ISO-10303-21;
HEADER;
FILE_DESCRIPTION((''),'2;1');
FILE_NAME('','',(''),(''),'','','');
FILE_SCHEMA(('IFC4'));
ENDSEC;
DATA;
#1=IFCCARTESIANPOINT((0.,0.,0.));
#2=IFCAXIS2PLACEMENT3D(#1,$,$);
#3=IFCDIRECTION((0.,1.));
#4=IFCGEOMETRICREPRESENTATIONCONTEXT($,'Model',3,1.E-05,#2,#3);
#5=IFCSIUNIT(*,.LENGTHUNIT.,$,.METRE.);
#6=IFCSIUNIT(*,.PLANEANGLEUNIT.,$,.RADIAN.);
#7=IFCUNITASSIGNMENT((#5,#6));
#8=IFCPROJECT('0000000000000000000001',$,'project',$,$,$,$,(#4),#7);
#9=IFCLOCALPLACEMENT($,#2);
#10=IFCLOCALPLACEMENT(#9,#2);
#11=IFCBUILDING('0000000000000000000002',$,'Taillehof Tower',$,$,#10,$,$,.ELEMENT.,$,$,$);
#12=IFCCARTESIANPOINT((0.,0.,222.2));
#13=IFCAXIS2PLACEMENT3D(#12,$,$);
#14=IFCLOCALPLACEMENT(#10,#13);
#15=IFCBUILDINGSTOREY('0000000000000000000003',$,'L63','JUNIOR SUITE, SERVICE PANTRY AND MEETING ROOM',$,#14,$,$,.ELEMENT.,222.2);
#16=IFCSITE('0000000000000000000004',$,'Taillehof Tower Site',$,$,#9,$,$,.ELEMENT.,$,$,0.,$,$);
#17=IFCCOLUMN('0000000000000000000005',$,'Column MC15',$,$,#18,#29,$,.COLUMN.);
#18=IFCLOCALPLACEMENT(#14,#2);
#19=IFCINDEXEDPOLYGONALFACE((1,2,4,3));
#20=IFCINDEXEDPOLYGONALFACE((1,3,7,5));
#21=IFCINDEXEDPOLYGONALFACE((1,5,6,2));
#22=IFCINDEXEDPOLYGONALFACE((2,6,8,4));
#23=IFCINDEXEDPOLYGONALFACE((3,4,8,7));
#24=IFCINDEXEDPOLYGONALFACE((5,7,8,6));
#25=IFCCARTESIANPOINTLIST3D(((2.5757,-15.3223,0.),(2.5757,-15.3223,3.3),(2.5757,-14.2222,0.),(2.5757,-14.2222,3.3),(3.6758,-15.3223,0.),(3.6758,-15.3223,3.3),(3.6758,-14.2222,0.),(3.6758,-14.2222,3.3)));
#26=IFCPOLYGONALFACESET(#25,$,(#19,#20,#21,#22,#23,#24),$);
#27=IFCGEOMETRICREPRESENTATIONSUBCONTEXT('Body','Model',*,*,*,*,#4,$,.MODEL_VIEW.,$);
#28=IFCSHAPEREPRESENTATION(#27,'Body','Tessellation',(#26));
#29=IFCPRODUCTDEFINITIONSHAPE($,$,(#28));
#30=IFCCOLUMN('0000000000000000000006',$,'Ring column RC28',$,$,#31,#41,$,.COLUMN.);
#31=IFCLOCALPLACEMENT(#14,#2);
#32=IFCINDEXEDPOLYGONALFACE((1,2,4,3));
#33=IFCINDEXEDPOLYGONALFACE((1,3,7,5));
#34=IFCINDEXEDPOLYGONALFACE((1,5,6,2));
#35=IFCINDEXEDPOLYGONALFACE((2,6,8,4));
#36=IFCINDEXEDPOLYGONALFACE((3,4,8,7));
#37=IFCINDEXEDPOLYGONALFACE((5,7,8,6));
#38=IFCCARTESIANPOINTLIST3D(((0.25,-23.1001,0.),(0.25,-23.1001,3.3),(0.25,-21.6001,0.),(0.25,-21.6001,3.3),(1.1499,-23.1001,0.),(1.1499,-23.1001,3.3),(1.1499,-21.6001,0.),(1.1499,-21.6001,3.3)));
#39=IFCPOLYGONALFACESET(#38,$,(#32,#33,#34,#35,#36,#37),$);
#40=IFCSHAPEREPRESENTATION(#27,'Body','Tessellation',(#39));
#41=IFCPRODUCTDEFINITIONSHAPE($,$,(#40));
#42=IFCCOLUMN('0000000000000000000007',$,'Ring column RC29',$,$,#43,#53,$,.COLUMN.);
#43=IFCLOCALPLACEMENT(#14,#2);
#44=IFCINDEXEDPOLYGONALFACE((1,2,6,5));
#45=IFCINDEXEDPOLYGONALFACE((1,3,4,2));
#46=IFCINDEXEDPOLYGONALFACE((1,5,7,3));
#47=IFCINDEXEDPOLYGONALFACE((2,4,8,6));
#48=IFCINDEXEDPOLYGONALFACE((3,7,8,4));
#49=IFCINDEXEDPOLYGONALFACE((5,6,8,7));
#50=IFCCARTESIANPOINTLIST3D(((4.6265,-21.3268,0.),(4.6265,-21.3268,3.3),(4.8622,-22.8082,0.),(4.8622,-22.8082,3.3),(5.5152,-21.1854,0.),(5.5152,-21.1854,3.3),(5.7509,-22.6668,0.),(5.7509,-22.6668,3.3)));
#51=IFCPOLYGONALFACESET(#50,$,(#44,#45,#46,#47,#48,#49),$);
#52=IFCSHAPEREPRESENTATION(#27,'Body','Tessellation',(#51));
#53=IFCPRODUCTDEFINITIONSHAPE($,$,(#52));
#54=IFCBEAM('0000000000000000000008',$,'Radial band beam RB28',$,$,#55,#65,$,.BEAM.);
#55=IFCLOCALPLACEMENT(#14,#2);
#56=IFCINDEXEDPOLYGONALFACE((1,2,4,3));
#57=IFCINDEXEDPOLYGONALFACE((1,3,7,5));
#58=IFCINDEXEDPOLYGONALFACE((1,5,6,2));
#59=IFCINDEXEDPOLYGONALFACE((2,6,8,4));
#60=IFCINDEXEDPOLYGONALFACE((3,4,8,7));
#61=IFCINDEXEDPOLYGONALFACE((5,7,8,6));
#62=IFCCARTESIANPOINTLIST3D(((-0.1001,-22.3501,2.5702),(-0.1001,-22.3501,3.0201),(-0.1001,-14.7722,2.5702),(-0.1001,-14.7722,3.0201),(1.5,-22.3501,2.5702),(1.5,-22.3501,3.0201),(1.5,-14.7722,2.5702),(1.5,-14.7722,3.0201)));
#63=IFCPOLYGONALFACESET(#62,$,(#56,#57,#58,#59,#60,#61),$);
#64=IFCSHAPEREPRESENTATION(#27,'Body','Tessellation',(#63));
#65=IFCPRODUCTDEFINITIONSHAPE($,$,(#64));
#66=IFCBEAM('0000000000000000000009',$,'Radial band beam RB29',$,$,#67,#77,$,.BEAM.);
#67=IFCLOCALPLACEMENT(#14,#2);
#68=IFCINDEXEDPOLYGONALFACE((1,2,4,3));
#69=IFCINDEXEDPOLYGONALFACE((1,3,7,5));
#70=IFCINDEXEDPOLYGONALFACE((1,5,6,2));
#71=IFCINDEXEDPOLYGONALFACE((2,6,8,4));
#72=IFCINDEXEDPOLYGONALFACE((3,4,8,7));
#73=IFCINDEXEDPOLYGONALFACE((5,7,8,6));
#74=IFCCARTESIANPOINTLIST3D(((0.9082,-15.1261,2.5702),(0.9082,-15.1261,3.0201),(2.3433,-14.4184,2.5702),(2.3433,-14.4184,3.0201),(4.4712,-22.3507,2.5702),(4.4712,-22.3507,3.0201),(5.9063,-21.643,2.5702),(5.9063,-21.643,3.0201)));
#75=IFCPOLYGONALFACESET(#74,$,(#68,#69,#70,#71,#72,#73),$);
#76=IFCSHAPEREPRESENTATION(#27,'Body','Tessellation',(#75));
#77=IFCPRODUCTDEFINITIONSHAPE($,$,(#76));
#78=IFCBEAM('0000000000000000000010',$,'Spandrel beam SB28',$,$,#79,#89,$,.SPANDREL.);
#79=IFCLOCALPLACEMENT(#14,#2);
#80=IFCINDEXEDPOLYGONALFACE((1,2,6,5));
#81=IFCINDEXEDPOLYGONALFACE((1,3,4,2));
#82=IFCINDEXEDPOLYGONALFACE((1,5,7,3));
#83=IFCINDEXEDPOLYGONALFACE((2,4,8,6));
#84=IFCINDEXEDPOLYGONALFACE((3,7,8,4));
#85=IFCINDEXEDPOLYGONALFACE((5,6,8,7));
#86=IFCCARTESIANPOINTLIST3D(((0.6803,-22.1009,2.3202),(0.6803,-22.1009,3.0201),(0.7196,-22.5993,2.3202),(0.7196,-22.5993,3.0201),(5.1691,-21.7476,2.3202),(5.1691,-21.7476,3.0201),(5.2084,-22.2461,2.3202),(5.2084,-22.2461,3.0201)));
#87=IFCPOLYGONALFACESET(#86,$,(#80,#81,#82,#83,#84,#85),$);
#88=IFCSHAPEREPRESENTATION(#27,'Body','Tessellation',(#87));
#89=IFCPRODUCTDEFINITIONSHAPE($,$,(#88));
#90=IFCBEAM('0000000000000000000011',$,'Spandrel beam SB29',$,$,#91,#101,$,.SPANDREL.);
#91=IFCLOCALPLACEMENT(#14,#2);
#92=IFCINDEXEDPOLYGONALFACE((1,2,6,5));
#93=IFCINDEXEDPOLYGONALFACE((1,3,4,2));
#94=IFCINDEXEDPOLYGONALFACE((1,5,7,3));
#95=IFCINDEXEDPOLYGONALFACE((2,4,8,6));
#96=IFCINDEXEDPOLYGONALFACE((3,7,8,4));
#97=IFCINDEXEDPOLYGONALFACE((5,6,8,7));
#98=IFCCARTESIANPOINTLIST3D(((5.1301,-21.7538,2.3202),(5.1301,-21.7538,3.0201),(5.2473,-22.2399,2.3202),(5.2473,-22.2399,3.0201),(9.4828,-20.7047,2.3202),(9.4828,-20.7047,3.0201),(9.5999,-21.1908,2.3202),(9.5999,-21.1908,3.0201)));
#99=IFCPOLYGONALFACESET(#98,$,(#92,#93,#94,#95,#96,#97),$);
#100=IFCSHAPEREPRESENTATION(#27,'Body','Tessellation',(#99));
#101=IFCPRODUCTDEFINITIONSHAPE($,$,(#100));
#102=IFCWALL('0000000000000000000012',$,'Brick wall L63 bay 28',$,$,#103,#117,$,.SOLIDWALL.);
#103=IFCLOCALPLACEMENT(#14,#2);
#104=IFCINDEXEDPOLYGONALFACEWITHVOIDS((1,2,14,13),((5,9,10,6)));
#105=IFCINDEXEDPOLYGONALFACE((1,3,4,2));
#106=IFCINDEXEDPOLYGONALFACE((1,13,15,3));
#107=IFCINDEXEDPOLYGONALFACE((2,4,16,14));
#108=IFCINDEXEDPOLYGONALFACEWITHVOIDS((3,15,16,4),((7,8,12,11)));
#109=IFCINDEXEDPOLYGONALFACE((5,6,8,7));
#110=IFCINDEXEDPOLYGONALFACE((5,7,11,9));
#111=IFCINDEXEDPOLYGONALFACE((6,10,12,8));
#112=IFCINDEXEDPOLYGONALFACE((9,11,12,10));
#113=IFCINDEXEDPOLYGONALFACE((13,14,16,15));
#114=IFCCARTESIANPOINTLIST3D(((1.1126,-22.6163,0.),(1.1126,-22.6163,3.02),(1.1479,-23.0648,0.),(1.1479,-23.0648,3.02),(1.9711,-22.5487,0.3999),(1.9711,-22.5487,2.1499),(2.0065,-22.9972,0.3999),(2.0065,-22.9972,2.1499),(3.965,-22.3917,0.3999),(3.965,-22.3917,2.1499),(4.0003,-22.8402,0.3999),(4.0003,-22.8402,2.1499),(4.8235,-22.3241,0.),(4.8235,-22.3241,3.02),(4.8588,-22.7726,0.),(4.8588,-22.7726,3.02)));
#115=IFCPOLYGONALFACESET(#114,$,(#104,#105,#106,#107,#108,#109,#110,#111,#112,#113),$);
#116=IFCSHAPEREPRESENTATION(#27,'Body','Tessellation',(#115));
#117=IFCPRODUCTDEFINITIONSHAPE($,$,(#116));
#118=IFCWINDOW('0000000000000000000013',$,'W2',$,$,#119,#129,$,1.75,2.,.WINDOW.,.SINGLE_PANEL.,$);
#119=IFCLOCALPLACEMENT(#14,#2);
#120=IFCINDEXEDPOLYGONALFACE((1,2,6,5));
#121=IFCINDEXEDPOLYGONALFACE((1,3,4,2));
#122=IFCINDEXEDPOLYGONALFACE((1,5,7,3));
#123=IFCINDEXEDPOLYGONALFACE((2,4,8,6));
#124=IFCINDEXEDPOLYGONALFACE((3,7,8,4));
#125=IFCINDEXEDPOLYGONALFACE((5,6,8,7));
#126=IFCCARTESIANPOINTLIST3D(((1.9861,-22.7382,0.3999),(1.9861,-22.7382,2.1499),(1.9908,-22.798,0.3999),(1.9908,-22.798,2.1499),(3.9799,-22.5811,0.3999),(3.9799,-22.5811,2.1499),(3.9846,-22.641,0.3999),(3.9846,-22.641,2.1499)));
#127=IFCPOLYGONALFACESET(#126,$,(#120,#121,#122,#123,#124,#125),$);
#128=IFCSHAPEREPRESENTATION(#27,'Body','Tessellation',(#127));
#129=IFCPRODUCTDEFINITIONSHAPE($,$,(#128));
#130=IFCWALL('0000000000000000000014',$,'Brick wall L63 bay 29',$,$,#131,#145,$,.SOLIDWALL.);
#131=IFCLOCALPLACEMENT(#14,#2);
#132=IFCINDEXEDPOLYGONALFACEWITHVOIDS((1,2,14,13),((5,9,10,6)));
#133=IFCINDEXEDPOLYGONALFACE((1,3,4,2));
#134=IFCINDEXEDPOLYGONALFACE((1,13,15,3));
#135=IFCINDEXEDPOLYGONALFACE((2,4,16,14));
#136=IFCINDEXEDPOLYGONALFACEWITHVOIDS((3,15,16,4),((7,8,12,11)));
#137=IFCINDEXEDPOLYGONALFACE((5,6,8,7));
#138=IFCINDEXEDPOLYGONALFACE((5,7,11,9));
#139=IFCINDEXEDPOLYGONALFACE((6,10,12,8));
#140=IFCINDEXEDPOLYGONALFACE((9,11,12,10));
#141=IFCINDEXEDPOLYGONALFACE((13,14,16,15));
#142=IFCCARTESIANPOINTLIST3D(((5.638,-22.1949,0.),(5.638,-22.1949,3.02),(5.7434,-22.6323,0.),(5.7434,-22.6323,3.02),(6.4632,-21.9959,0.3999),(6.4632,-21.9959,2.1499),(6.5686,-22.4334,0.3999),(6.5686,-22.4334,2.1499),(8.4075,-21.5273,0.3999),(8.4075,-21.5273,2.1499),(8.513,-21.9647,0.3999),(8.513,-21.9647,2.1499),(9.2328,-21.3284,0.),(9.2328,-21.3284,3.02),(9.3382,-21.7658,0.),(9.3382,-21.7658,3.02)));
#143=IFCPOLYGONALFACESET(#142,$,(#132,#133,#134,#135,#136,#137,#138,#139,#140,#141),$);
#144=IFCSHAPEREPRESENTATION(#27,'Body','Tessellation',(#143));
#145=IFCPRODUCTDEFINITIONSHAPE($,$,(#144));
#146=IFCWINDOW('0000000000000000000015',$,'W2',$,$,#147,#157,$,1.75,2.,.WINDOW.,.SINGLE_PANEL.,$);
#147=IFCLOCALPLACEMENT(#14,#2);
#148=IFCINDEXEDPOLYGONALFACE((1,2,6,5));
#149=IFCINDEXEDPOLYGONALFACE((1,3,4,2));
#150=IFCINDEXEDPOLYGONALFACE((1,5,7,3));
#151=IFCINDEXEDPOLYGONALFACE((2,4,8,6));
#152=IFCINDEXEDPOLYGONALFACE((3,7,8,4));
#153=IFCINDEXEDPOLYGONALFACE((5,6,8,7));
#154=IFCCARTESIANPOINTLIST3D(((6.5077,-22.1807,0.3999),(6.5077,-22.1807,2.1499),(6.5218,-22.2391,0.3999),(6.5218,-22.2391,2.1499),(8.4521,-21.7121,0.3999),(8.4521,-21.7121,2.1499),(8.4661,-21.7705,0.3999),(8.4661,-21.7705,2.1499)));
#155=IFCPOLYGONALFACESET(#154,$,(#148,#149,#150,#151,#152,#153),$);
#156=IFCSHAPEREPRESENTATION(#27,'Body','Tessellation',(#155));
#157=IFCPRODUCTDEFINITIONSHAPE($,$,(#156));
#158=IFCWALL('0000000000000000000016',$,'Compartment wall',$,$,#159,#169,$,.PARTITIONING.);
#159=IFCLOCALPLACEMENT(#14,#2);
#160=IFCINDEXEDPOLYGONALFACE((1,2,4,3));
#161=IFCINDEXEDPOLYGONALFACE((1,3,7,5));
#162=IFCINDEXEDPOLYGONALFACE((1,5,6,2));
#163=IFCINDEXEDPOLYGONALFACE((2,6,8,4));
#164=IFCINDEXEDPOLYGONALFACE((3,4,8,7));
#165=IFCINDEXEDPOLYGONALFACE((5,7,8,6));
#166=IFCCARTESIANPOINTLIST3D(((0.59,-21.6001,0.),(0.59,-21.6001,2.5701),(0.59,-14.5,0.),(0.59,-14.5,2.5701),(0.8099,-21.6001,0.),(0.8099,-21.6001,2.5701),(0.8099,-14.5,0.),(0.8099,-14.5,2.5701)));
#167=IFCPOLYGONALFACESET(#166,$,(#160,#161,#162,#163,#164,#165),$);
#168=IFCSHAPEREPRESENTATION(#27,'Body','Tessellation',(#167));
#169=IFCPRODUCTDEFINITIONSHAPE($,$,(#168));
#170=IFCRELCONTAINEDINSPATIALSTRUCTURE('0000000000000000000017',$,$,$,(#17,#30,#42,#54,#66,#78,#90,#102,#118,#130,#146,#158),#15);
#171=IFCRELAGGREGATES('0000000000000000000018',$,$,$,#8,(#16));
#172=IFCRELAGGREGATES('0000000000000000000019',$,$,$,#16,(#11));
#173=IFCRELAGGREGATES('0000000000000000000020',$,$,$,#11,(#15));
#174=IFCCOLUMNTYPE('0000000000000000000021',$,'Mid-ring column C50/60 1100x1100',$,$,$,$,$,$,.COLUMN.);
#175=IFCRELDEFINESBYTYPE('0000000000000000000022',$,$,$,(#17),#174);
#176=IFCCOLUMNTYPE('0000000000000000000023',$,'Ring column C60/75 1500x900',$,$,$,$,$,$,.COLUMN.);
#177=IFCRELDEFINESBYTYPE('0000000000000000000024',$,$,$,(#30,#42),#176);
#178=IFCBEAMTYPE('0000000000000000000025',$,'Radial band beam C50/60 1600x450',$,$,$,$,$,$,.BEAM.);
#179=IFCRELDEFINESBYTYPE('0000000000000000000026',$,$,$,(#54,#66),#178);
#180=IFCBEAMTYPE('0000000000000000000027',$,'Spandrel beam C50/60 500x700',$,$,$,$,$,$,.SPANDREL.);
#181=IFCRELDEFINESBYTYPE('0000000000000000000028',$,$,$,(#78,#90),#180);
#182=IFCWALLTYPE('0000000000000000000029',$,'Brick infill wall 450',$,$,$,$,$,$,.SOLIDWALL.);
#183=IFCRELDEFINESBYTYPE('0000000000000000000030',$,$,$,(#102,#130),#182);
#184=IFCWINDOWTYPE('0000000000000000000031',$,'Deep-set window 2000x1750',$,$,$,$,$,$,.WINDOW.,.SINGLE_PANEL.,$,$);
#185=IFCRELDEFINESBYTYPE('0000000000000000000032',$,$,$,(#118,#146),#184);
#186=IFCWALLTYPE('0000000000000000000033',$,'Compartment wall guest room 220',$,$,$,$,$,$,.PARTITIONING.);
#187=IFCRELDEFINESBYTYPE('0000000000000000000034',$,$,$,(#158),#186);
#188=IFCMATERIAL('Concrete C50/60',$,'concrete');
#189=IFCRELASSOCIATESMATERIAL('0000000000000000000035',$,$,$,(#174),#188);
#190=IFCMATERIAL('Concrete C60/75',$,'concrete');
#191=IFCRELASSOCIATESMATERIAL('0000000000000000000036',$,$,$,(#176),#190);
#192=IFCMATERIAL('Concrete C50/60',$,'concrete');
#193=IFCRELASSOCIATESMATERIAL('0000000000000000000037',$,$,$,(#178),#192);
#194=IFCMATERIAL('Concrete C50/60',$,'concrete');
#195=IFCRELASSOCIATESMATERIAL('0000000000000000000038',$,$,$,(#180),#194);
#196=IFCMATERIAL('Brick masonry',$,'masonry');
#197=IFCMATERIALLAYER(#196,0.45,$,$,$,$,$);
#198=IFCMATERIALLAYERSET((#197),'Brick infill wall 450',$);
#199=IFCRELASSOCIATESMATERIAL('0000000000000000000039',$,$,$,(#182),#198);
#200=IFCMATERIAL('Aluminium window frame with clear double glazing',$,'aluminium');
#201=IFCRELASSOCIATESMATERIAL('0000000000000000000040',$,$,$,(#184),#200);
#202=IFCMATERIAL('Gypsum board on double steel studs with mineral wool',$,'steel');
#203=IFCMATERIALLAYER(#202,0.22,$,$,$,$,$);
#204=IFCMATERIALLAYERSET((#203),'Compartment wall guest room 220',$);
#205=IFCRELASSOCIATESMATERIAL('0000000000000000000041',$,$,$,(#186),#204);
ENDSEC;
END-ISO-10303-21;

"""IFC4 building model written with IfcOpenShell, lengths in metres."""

from ifc_helpers import new_model, si_unit, direction, frame, frame_2d, origin, origin_2d, place, context, subcontext, project, spatial, rectangle, extrude, material, layer, layer_set, material_profile, profile_set, type_object, element, fill, save


model = new_model("IFC4")

# Units and contexts
model_context = context("Model", 3, precision=1e-05, world=origin(), true_north=direction((0.0, 1.0)))
body_context = subcontext(model_context, "Body", "Model", "MODEL_VIEW")
ifc_project = project(units=[si_unit("LENGTHUNIT", "METRE"), si_unit("PLANEANGLEUNIT", "RADIAN")], contexts=[model_context])

# Site, building, storey
site_placement = place(None, origin())
site = spatial("IfcSite", under=ifc_project, at=site_placement, Name="Taillehof Tower Site", CompositionType="ELEMENT", RefElevation=0.0)
building_placement = place(site_placement, origin())
building = spatial("IfcBuilding", under=site, at=building_placement, Name="Taillehof Tower", CompositionType="ELEMENT")
storey_placement = place(building_placement, frame((0.0, 0.0, 222.2)))
storey = spatial("IfcBuildingStorey", under=building, at=storey_placement, Name="L63", Description="JUNIOR SUITE, SERVICE PANTRY AND MEETING ROOM", CompositionType="ELEMENT", Elevation=222.2)

# Columns
ifc_material_1 = material(Name="Concrete C50/60", Category="concrete")
ifc_material_profile_1 = material_profile(ifc_material_1, rectangle(XDim=1.1001, YDim=1.1001, at=origin_2d()), Name="RC 1100x1100")
ifc_profile_set_1 = profile_set([ifc_material_profile_1], Name="Concrete C50/60")
column_type_1 = type_object("IfcColumnType", Name="Mid-ring column C50/60 1100x1100", PredefinedType="COLUMN", material=ifc_profile_set_1)
column_placement = place(storey_placement, frame((3.1257, -14.7722, 0.0), z_axis=(0.0, 0.0, 1.0), x_axis=(1.0, 0.0, 0.0)))
element("IfcColumn", 1, at=column_placement, inside=storey, type_object=column_type_1, Name="Column MC15", PredefinedType="COLUMN", context=body_context, shape_type="SweptSolid", body=[
    extrude(rectangle(XDim=1.1001, YDim=1.1001, at=origin_2d()), origin(), (0.0, 0.0, 1.0), 3.3),
])
ifc_material_2 = material(Name="Concrete C60/75", Category="concrete")
ifc_material_profile_2 = material_profile(ifc_material_2, rectangle(XDim=1.5, YDim=0.8999, at=origin_2d()), Name="RC 1500x900")
ifc_profile_set_2 = profile_set([ifc_material_profile_2], Name="Concrete C60/75")
column_type_2 = type_object("IfcColumnType", Name="Ring column C60/75 1500x900", PredefinedType="COLUMN", material=ifc_profile_set_2)
for number, where, z_axis, x_axis, name in (
    (2, (0.7, -22.3501, 0.0), (0.0, 0.0, 1.0), (0.0, -1.0, 0.0), "Ring column RC28"),
    (3, (5.1887, -21.9968, 0.0), (0.0, 0.0, 1.0), (0.157116, -0.98758, 0.0), "Ring column RC29"),
):
    element("IfcColumn", number, at=place(storey_placement, frame(where, z_axis=z_axis, x_axis=x_axis)), inside=storey, type_object=column_type_2, Name=name, PredefinedType="COLUMN", context=body_context, shape_type="SweptSolid", body=[
        extrude(rectangle(XDim=1.5, YDim=0.8999, at=origin_2d()), origin(), (0.0, 0.0, 1.0), 3.3),
    ])

# Beams
ifc_material_3 = material(Name="Concrete C50/60", Category="concrete")
ifc_material_profile_3 = material_profile(ifc_material_3, rectangle(XDim=1.6001, YDim=0.45, at=origin_2d()), Name="RC 1600x450")
ifc_profile_set_3 = profile_set([ifc_material_profile_3], Name="Concrete C50/60")
beam_type_1 = type_object("IfcBeamType", Name="Radial band beam C50/60 1600x450", PredefinedType="BEAM", material=ifc_profile_set_3)
beam_1_placement = place(storey_placement, frame((0.7, -22.3501, 2.7952), z_axis=(0.0, 1.0, 0.0), x_axis=(-1.0, 0.0, 0.0)))
element("IfcBeam", 4, at=beam_1_placement, inside=storey, type_object=beam_type_1, Name="Radial band beam RB28", PredefinedType="BEAM", context=body_context, shape_type="SweptSolid", body=[
    extrude(rectangle(XDim=1.6001, YDim=0.45, at=origin_2d()), origin(), (0.0, 0.0, 1.0), 7.5779),
])
beam_2_placement = place(storey_placement, frame((5.1887, -21.9968, 2.7952), z_axis=(-0.442309, 0.896863, 0.0), x_axis=(-0.896863, -0.442309, 0.0)))
element("IfcBeam", 5, at=beam_2_placement, inside=storey, type_object=beam_type_1, Name="Radial band beam RB29", PredefinedType="BEAM", context=body_context, shape_type="SweptSolid", body=[
    extrude(rectangle(XDim=1.6001, YDim=0.45, at=origin_2d()), origin(), (0.0, 0.0, 1.0), 8.0554),
])
ifc_material_4 = material(Name="Concrete C50/60", Category="concrete")
ifc_material_profile_4 = material_profile(ifc_material_4, rectangle(XDim=0.5, YDim=0.7, at=origin_2d()), Name="RC 500x700")
ifc_profile_set_4 = profile_set([ifc_material_profile_4], Name="Concrete C50/60")
beam_type_2 = type_object("IfcBeamType", Name="Spandrel beam C50/60 500x700", PredefinedType="SPANDREL", material=ifc_profile_set_4)
beam_3_placement = place(storey_placement, frame((0.7, -22.3501, 2.6702), z_axis=(0.996917, 0.078459, 0.0), x_axis=(-0.078459, 0.996917, 0.0)))
element("IfcBeam", 6, at=beam_3_placement, inside=storey, type_object=beam_type_2, Name="Spandrel beam SB28", PredefinedType="SPANDREL", context=body_context, shape_type="SweptSolid", body=[
    extrude(rectangle(XDim=0.5, YDim=0.7, at=origin_2d()), origin(), (0.0, 0.0, 1.0), 4.5027),
])
beam_4_placement = place(storey_placement, frame((5.1887, -21.9968, 2.6702), z_axis=(0.972161, 0.234315, 0.0), x_axis=(-0.234315, 0.972161, 0.0)))
element("IfcBeam", 7, at=beam_4_placement, inside=storey, type_object=beam_type_2, Name="Spandrel beam SB29", PredefinedType="SPANDREL", context=body_context, shape_type="SweptSolid", body=[
    extrude(rectangle(XDim=0.5, YDim=0.7, at=origin_2d()), origin(), (0.0, 0.0, 1.0), 4.4773),
])

# Walls, openings, windows
ifc_material_5 = material(Name="Brick masonry", Category="masonry")
ifc_layer_1 = layer(ifc_material_5, 0.45)
ifc_layer_set_1 = layer_set([ifc_layer_1], Name="Brick infill wall 450")
wall_type_1 = type_object("IfcWallType", Name="Brick infill wall 450", PredefinedType="SOLIDWALL", material=ifc_layer_set_1)
wall_1_placement = place(storey_placement, frame((1.1301, -22.8406, 0.0), z_axis=(0.0, 0.0, 1.0), x_axis=(0.996914, 0.078507, 0.0)))
wall_1 = element("IfcWall", 8, at=wall_1_placement, inside=storey, type_object=wall_type_1, Name="Brick wall L63 bay 28", PredefinedType="SOLIDWALL", context=body_context, shape_type="SweptSolid", body=[
    extrude(rectangle(XDim=3.7224, YDim=0.45, at=frame_2d((1.8613, 0.0))), origin(), (0.0, 0.0, 1.0), 3.02),
])
opening_1_placement = place(wall_1_placement, frame((0.8613, 0.0, 0.3999)))
opening_1 = element("IfcOpeningElement", 9, at=opening_1_placement, cuts=wall_1, PredefinedType="OPENING", context=body_context, shape_type="SweptSolid", body=[
    extrude(rectangle(XDim=2.0, YDim=1.75, at=frame_2d((1.0, 0.875))), frame((0.0, 0.2349, 0.0), z_axis=(0.0, -1.0, 0.0), x_axis=(1.0, 0.0, 0.0)), (0.0, 0.0, 1.0), 0.47),
])
ifc_material_6 = material(Name="Aluminium window frame with clear double glazing", Category="aluminium")
window_type = type_object("IfcWindowType", Name="Deep-set window 2000x1750", PartitioningType="SINGLE_PANEL", PredefinedType="WINDOW", material=ifc_material_6)
window_1_placement = place(opening_1_placement, origin())
window_1 = element("IfcWindow", 10, at=window_1_placement, inside=storey, type_object=window_type, Name="W2", OverallHeight=1.75, OverallWidth=2.0, PartitioningType="SINGLE_PANEL", PredefinedType="WINDOW", context=body_context, shape_type="SweptSolid", body=[
    extrude(rectangle(XDim=2.0, YDim=1.75, at=frame_2d((1.0, 0.875))), frame((0.0, 0.0349, 0.0), z_axis=(0.0, -1.0, 0.0), x_axis=(1.0, 0.0, 0.0)), (0.0, 0.0, 1.0), 0.0601),
])
fill(opening_1, window_1)
wall_2_placement = place(storey_placement, frame((5.6907, -22.4136, 0.0), z_axis=(0.0, 0.0, 1.0), x_axis=(0.972158, 0.234324, 0.0)))
wall_2 = element("IfcWall", 11, at=wall_2_placement, inside=storey, type_object=wall_type_1, Name="Brick wall L63 bay 29", PredefinedType="SOLIDWALL", context=body_context, shape_type="SweptSolid", body=[
    extrude(rectangle(XDim=3.6978, YDim=0.45, at=frame_2d((1.8489, 0.0))), origin(), (0.0, 0.0, 1.0), 3.02),
])
opening_2_placement = place(wall_2_placement, frame((0.8489, 0.0, 0.3999)))
opening_2 = element("IfcOpeningElement", 12, at=opening_2_placement, cuts=wall_2, PredefinedType="OPENING", context=body_context, shape_type="SweptSolid", body=[
    extrude(rectangle(XDim=2.0, YDim=1.75, at=frame_2d((1.0, 0.875))), frame((0.0, 0.2349, 0.0), z_axis=(0.0, -1.0, 0.0), x_axis=(1.0, 0.0, 0.0)), (0.0, 0.0, 1.0), 0.47),
])
window_2_placement = place(opening_2_placement, origin())
window_2 = element("IfcWindow", 13, at=window_2_placement, inside=storey, type_object=window_type, Name="W2", OverallHeight=1.75, OverallWidth=2.0, PartitioningType="SINGLE_PANEL", PredefinedType="WINDOW", context=body_context, shape_type="SweptSolid", body=[
    extrude(rectangle(XDim=2.0, YDim=1.75, at=frame_2d((1.0, 0.875))), frame((0.0, 0.0349, 0.0), z_axis=(0.0, -1.0, 0.0), x_axis=(1.0, 0.0, 0.0)), (0.0, 0.0, 1.0), 0.0601),
])
fill(opening_2, window_2)

# Wall
ifc_material_7 = material(Name="Gypsum board on double steel studs with mineral wool", Category="steel")
ifc_layer_2 = layer(ifc_material_7, 0.22)
ifc_layer_set_2 = layer_set([ifc_layer_2], Name="Compartment wall guest room 220")
wall_type_2 = type_object("IfcWallType", Name="Compartment wall guest room 220", PredefinedType="PARTITIONING", material=ifc_layer_set_2)
wall_3_placement = place(storey_placement, frame((0.7, -21.6001, 0.0), z_axis=(0.0, 0.0, 1.0), x_axis=(0.0, 1.0, 0.0)))
element("IfcWall", 14, at=wall_3_placement, inside=storey, type_object=wall_type_2, Name="Compartment wall", PredefinedType="PARTITIONING", context=body_context, shape_type="SweptSolid", body=[
    extrude(rectangle(XDim=7.1001, YDim=0.22, at=frame_2d((3.55, 0.0))), origin(), (0.0, 0.0, 1.0), 2.5701),
])

save(model, "model.ifc")
